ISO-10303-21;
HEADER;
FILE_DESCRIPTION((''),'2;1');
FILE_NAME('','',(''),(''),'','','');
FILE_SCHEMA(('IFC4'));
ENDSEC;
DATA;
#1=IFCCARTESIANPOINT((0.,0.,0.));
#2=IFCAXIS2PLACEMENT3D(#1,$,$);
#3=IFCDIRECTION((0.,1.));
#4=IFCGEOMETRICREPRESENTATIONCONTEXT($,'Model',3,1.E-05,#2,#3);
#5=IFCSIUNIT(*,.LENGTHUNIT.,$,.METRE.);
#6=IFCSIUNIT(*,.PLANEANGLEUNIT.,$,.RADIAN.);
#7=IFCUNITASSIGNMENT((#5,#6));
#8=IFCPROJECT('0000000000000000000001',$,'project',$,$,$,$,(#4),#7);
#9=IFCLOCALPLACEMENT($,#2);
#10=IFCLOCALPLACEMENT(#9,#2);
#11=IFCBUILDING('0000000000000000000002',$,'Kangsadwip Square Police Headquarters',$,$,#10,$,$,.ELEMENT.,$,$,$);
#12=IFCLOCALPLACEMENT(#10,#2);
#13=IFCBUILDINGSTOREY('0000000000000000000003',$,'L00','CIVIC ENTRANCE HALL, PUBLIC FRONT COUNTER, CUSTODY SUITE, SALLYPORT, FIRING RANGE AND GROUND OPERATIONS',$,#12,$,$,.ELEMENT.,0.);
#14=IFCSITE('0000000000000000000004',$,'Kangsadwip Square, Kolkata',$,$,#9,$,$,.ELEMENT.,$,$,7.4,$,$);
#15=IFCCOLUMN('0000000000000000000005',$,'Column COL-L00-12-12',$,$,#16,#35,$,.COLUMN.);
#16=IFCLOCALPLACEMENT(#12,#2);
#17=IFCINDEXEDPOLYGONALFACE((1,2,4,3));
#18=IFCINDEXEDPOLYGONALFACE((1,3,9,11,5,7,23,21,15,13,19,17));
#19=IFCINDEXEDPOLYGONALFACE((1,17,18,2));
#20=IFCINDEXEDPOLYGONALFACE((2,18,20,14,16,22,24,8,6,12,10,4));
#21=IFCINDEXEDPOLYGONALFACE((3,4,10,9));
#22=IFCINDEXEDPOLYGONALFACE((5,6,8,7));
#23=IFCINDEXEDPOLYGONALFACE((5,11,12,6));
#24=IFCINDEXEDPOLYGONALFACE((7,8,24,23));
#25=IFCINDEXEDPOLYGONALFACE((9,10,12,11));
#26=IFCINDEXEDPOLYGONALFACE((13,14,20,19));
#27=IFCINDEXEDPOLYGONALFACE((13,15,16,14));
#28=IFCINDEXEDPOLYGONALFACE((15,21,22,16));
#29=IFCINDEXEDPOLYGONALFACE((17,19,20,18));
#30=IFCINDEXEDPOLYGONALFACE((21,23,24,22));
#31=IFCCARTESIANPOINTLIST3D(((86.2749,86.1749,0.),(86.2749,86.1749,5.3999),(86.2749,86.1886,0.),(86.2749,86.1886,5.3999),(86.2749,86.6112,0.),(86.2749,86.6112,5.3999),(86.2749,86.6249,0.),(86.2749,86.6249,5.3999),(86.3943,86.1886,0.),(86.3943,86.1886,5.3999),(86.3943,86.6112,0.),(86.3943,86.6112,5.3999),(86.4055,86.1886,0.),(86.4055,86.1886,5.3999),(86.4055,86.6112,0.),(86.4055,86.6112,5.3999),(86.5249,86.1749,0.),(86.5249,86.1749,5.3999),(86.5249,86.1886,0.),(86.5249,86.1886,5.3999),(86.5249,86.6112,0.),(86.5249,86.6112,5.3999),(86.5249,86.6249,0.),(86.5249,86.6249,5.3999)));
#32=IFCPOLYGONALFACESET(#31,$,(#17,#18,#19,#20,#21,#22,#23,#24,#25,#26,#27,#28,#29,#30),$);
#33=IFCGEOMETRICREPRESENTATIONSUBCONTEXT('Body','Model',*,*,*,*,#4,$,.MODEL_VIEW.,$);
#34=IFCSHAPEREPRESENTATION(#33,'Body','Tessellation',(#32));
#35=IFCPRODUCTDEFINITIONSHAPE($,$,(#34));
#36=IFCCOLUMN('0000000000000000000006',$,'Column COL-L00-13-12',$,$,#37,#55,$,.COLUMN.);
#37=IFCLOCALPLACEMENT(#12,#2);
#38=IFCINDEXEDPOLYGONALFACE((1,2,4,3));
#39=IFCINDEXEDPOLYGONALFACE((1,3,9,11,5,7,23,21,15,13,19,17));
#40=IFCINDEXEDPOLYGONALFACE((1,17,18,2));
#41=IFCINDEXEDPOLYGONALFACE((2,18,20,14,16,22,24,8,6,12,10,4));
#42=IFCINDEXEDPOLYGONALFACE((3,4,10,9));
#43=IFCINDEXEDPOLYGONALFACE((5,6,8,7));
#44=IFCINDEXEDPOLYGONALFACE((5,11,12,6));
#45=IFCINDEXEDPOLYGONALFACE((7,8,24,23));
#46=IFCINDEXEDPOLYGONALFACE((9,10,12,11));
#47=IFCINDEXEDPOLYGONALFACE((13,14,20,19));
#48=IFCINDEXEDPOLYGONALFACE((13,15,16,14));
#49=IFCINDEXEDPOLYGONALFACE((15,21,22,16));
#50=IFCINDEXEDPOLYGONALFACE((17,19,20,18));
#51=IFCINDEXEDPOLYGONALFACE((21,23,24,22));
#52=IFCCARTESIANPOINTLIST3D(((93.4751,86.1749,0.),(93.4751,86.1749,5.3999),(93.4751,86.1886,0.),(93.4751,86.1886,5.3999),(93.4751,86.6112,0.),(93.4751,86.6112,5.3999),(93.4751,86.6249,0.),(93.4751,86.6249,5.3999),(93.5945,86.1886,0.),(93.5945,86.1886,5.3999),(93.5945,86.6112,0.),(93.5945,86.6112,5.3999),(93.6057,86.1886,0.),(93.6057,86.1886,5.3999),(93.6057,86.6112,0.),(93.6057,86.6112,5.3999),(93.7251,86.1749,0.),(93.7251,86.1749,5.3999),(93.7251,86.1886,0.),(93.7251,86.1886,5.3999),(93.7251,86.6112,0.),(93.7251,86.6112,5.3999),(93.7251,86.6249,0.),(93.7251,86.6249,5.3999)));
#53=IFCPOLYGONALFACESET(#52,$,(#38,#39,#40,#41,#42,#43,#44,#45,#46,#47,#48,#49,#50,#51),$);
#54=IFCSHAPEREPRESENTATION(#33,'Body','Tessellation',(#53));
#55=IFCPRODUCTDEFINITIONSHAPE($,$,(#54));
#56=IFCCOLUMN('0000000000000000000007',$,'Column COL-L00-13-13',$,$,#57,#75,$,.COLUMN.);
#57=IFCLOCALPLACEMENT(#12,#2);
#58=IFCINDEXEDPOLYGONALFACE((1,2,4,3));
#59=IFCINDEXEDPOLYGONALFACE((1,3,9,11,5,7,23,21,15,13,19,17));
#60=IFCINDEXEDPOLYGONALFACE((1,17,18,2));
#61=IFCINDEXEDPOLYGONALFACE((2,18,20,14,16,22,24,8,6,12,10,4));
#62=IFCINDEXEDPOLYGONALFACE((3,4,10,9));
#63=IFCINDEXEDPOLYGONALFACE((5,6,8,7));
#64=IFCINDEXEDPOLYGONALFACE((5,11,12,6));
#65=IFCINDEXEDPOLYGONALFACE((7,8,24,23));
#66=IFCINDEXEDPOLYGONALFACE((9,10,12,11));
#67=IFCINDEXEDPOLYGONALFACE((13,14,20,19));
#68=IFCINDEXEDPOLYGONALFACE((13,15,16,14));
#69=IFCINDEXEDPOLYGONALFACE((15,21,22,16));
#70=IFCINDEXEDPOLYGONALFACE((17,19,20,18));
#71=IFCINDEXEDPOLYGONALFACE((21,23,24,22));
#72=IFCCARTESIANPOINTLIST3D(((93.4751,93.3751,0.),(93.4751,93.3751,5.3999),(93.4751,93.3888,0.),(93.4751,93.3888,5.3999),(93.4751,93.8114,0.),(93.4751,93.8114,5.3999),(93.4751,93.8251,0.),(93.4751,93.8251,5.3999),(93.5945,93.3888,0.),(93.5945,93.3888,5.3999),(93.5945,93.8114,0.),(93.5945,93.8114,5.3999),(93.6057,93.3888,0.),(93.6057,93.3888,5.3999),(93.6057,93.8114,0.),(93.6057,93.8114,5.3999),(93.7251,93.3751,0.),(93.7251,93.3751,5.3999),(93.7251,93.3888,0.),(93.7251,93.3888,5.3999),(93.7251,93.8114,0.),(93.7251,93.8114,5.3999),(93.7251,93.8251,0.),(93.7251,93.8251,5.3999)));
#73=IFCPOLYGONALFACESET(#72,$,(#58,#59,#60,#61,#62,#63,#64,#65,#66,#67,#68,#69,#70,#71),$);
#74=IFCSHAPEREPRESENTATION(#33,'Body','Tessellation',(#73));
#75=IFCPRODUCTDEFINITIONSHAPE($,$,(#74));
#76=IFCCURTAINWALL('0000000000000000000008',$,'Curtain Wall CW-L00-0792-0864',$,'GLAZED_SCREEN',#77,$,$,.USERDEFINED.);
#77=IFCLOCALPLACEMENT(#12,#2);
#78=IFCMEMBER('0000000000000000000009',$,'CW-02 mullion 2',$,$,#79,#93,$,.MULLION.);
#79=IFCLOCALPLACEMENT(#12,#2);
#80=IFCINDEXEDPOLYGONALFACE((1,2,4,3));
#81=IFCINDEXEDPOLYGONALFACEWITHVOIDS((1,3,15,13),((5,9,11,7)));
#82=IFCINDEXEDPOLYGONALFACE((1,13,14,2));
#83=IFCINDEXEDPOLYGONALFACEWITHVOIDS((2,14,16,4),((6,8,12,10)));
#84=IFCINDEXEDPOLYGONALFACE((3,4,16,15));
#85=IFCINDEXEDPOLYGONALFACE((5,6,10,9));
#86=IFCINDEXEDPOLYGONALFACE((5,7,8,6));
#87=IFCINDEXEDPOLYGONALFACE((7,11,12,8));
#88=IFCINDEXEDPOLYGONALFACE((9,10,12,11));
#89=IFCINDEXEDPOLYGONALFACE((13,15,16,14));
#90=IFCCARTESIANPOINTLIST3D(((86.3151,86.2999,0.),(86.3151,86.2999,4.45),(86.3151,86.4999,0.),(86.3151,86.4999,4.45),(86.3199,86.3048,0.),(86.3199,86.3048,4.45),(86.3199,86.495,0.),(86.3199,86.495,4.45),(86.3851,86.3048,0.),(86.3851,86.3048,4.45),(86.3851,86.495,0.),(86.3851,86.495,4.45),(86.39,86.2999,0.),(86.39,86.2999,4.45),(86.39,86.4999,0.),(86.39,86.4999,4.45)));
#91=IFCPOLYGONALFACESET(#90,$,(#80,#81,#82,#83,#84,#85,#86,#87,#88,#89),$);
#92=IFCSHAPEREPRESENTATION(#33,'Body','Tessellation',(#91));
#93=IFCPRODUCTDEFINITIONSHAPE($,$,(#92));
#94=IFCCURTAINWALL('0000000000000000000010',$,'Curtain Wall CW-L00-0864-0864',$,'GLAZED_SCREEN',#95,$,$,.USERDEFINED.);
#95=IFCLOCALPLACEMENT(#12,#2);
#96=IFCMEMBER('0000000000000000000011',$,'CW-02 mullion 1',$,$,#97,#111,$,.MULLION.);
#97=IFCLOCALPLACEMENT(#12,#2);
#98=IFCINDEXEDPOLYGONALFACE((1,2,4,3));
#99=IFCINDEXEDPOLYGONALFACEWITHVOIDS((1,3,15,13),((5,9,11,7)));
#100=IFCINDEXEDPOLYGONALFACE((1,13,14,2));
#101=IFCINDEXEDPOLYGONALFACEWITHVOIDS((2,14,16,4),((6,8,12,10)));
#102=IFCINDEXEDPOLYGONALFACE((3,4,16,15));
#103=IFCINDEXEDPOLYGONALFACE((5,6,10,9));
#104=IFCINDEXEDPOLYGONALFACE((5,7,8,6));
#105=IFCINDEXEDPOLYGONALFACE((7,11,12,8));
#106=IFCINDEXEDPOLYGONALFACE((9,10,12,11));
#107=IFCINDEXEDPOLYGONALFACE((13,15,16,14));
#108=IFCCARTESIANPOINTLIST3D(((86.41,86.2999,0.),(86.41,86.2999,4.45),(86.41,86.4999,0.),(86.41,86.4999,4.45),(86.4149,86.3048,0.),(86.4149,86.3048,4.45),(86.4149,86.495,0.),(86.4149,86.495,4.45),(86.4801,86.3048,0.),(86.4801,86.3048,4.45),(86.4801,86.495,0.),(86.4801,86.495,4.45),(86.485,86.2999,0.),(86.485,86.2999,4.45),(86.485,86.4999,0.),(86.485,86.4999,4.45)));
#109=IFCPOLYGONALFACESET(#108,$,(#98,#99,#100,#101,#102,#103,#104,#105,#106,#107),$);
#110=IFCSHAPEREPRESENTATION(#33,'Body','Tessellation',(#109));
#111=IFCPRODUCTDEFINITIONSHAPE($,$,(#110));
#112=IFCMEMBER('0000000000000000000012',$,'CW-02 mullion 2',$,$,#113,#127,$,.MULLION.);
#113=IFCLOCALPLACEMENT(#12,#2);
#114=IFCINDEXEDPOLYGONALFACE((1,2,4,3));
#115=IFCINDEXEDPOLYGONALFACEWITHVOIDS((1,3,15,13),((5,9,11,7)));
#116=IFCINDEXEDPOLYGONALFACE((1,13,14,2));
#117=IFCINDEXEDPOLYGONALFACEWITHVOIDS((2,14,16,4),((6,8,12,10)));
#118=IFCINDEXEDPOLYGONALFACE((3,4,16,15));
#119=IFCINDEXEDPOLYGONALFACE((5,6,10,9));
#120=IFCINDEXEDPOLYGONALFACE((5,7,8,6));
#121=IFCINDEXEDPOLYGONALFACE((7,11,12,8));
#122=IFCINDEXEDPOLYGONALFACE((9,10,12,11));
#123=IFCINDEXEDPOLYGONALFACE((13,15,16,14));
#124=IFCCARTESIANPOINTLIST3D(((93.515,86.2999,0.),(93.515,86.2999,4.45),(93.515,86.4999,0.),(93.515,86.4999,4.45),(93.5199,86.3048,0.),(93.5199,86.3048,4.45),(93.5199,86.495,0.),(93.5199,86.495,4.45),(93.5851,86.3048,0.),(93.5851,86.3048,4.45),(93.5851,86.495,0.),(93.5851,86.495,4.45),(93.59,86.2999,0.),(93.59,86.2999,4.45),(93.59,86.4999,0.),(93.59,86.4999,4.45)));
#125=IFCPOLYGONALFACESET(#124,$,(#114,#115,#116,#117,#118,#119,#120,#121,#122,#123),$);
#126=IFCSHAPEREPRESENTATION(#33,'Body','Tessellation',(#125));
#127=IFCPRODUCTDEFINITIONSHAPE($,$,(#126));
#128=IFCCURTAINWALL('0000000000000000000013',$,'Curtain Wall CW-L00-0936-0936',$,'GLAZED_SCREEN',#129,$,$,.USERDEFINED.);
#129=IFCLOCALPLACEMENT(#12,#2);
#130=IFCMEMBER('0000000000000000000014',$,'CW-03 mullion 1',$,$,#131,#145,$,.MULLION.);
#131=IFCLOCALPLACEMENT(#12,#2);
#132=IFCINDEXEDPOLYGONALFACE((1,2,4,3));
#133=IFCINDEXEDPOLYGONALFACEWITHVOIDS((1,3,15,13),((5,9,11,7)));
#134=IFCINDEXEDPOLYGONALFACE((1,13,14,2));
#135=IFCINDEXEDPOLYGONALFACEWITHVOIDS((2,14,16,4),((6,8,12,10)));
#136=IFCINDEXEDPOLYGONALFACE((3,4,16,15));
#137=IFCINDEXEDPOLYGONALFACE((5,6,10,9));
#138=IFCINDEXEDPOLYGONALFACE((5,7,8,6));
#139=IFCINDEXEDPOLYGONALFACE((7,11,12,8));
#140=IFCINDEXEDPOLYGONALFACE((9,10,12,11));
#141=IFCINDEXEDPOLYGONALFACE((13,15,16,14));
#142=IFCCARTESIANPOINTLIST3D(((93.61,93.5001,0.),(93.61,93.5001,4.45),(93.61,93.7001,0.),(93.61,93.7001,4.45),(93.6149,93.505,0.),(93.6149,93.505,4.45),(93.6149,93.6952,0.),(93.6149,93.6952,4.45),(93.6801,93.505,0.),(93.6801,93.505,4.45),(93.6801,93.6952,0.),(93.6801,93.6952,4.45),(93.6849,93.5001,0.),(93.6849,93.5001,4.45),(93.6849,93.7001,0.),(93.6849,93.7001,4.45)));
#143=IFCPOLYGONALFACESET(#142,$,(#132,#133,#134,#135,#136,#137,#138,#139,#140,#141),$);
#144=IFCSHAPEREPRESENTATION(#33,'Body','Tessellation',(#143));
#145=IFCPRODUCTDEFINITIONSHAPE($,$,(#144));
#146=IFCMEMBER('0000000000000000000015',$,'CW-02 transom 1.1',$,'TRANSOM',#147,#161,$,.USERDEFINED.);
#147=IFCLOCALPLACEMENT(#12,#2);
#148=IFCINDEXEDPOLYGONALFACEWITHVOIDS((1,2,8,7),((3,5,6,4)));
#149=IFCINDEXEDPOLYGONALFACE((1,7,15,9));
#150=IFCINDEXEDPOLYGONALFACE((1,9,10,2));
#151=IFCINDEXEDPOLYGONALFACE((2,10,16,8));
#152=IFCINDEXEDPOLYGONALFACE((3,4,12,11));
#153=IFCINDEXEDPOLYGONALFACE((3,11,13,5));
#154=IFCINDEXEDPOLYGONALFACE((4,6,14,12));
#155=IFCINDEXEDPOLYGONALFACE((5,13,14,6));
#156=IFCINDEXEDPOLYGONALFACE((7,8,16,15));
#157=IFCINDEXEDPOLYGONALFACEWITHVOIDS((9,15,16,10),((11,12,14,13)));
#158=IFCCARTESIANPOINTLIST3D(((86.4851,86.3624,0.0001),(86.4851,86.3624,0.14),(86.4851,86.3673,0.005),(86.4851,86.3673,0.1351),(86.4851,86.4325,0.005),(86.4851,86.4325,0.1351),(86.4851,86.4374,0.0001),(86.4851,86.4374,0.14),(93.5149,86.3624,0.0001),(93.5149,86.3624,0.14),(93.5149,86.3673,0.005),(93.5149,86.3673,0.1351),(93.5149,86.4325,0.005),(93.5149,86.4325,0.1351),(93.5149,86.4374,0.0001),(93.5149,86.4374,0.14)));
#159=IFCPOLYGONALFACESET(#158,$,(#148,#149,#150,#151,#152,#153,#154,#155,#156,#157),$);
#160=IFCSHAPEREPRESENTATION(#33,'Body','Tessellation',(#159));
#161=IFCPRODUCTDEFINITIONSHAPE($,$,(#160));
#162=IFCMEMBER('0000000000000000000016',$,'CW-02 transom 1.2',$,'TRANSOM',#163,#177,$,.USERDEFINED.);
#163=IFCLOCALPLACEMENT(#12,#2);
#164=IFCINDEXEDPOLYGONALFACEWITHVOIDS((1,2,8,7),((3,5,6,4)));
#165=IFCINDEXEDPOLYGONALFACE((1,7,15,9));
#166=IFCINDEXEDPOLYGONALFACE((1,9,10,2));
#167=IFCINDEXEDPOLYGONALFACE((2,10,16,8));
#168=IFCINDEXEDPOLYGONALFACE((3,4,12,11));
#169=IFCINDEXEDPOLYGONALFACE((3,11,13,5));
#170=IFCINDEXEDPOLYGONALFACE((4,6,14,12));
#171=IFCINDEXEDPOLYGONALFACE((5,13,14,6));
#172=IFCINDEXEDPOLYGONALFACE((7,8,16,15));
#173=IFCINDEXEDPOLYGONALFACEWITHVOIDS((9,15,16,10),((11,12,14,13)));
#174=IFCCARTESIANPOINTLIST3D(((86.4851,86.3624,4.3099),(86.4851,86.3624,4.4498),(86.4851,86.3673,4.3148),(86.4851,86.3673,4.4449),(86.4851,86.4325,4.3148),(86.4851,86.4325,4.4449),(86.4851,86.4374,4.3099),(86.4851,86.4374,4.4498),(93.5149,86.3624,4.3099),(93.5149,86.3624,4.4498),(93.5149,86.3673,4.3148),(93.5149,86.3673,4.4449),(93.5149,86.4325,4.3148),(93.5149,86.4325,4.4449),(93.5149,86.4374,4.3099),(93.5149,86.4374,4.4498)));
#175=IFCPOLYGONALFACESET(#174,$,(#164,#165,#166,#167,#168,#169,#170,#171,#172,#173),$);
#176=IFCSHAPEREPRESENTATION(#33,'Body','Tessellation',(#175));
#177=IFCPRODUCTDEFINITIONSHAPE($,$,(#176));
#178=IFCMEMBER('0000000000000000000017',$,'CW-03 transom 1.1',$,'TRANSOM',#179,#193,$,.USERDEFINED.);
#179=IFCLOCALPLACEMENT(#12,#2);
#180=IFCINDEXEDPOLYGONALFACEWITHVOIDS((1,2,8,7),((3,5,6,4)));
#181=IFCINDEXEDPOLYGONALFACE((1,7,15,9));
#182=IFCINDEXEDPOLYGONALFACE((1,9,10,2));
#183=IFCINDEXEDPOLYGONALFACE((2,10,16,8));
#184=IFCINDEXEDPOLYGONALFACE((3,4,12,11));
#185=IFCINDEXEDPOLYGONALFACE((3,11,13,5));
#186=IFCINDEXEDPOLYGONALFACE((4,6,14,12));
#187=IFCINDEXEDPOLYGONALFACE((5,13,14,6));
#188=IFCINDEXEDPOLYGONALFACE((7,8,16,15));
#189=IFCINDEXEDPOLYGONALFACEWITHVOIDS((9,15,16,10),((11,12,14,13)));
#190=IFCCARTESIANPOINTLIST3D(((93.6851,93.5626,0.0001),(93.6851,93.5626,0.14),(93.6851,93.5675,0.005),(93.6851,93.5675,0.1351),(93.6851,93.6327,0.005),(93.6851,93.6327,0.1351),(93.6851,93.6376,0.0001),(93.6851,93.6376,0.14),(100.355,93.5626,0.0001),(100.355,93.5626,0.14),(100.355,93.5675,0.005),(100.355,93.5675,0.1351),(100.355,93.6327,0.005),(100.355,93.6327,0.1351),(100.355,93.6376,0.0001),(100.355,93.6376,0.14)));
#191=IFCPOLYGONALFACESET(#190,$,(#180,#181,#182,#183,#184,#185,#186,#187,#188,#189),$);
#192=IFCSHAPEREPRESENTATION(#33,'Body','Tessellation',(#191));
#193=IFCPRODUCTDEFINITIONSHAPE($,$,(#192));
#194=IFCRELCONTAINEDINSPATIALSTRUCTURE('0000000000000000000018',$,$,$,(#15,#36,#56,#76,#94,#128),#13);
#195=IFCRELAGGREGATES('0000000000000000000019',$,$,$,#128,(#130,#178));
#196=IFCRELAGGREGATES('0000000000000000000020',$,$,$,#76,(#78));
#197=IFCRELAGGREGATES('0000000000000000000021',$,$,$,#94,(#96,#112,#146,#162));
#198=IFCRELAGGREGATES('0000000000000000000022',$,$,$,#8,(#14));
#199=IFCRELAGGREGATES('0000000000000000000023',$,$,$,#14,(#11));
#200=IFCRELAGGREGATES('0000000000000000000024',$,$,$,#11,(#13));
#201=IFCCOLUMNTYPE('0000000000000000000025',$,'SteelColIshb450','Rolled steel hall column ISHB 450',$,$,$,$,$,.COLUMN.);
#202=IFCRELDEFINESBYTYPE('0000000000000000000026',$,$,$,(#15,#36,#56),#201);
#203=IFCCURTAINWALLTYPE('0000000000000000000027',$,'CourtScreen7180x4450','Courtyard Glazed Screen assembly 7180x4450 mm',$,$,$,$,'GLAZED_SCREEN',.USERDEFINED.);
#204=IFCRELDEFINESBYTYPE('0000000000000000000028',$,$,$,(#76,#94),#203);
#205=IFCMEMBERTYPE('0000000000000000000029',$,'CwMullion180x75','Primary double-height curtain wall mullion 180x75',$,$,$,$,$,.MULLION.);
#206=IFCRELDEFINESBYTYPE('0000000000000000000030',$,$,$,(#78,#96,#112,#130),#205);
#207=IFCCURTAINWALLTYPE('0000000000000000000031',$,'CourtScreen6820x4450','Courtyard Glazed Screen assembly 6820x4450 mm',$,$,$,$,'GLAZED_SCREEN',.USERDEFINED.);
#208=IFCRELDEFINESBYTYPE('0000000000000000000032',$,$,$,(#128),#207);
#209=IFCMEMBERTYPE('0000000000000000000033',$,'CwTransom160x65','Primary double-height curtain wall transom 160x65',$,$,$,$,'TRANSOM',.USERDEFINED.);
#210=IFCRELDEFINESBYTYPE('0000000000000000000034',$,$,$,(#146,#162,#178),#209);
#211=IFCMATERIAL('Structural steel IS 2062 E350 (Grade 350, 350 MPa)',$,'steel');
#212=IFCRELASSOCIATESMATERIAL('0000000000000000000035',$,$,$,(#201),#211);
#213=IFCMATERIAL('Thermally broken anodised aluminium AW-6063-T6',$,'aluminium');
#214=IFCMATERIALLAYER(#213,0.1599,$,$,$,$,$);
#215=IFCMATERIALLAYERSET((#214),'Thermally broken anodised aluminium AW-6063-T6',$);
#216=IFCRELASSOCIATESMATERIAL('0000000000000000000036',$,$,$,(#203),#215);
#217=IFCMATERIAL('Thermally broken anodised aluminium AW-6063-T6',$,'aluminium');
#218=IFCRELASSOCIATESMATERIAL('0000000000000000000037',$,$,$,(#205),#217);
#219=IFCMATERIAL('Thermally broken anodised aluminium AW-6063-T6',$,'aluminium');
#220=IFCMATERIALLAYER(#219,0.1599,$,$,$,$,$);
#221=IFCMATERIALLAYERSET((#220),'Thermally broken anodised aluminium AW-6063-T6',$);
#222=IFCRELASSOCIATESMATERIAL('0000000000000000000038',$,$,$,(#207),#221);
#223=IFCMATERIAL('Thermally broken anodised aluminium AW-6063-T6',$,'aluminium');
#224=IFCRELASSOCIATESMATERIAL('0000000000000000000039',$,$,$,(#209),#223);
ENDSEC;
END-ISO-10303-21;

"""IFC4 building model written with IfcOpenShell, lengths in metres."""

from ifc_helpers import new_model, si_unit, direction, frame, origin, origin_2d, place, context, subcontext, project, spatial, hollow_rectangle, i_section, extrude, material, layer, layer_set, material_profile, profile_set, type_object, element, aggregate, save


model = new_model("IFC4")

# Units and contexts
model_context = context("Model", 3, precision=1e-05, world=origin(), true_north=direction((0.0, 1.0)))
body_context = subcontext(model_context, "Body", "Model", "MODEL_VIEW")
ifc_project = project(units=[si_unit("LENGTHUNIT", "METRE"), si_unit("PLANEANGLEUNIT", "RADIAN")], contexts=[model_context])

# Site, building, storey
site_placement = place(None, origin())
site = spatial("IfcSite", under=ifc_project, at=site_placement, Name="Kangsadwip Square, Kolkata", CompositionType="ELEMENT", RefElevation=7.4)
building_placement = place(site_placement, origin())
building = spatial("IfcBuilding", under=site, at=building_placement, Name="Kangsadwip Square Police Headquarters", CompositionType="ELEMENT")
storey_placement = place(building_placement, origin())
storey = spatial("IfcBuildingStorey", under=building, at=storey_placement, Name="L00", Description="CIVIC ENTRANCE HALL, PUBLIC FRONT COUNTER, CUSTODY SUITE, SALLYPORT, FIRING RANGE AND GROUND OPERATIONS", CompositionType="ELEMENT", Elevation=0.0)

# Columns
ifc_material_1 = material(Name="Structural steel IS 2062 E350 (Grade 350, 350 MPa)", Category="steel")
ifc_material_profile_1 = material_profile(ifc_material_1, i_section(OverallWidth=0.25, OverallDepth=0.45, WebThickness=0.0112, FlangeThickness=0.0137, at=origin_2d()), Name="ISHB 450")
ifc_profile_set_1 = profile_set([ifc_material_profile_1], Name="Structural steel IS 2062 E350 (Grade 350, 350 MPa)")
column_type = type_object("IfcColumnType", Name="SteelColIshb450", Description="Rolled steel hall column ISHB 450", PredefinedType="COLUMN", material=ifc_profile_set_1)
for number, where, z_axis, x_axis, name in (
    (1, (86.3999, 86.3999, 0.0), (0.0, 0.0, 1.0), (1.0, 0.0, 0.0), "Column COL-L00-12-12"),
    (2, (93.6001, 86.3999, 0.0), (0.0, 0.0, 1.0), (1.0, 0.0, 0.0), "Column COL-L00-13-12"),
    (3, (93.6001, 93.6001, 0.0), (0.0, 0.0, 1.0), (1.0, 0.0, 0.0), "Column COL-L00-13-13"),
):
    element("IfcColumn", number, at=place(storey_placement, frame(where, z_axis=z_axis, x_axis=x_axis)), inside=storey, type_object=column_type, Name=name, PredefinedType="COLUMN", context=body_context, shape_type="SweptSolid", body=[
        extrude(i_section(OverallWidth=0.25, OverallDepth=0.45, WebThickness=0.0112, FlangeThickness=0.0137, at=origin_2d()), origin(), (0.0, 0.0, 1.0), 5.3999),
    ])

# Curtain wall, member
ifc_material_2 = material(Name="Thermally broken anodised aluminium AW-6063-T6", Category="aluminium")
ifc_layer_1 = layer(ifc_material_2, 0.1599)
ifc_layer_set_1 = layer_set([ifc_layer_1], Name="Thermally broken anodised aluminium AW-6063-T6")
curtain_wall_type_1 = type_object("IfcCurtainWallType", Name="CourtScreen7180x4450", Description="Courtyard Glazed Screen assembly 7180x4450 mm", ElementType="GLAZED_SCREEN", PredefinedType="USERDEFINED", material=ifc_layer_set_1)
curtain_wall_1_placement = place(storey_placement, origin())
curtain_wall_1 = element("IfcCurtainWall", 4, at=curtain_wall_1_placement, inside=storey, type_object=curtain_wall_type_1, Name="Curtain Wall CW-L00-0792-0864", ObjectType="GLAZED_SCREEN", PredefinedType="USERDEFINED")
ifc_material_3 = material(Name="Thermally broken anodised aluminium AW-6063-T6", Category="aluminium")
ifc_material_profile_2 = material_profile(ifc_material_3, hollow_rectangle(XDim=0.075, YDim=0.2, WallThickness=0.0049, at=origin_2d()), Name="CWM 200X75X5")
ifc_profile_set_2 = profile_set([ifc_material_profile_2], Name="Thermally broken anodised aluminium AW-6063-T6")
member_type_1 = type_object("IfcMemberType", Name="CwMullion180x75", Description="Primary double-height curtain wall mullion 180x75", PredefinedType="MULLION", material=ifc_profile_set_2)
member_1_placement = place(storey_placement, frame((86.3525, 86.3999, 0.0), z_axis=(0.0, 0.0, 1.0), x_axis=(1.0, 0.0, 0.0)))
member_1 = element("IfcMember", 5, at=member_1_placement, type_object=member_type_1, Name="CW-02 mullion 2", PredefinedType="MULLION", context=body_context, shape_type="SweptSolid", body=[
    extrude(hollow_rectangle(XDim=0.075, YDim=0.2, WallThickness=0.0049, at=origin_2d()), origin(), (0.0, 0.0, 1.0), 4.45),
])

# Curtain wall, members
curtain_wall_2_placement = place(storey_placement, origin())
curtain_wall_2 = element("IfcCurtainWall", 6, at=curtain_wall_2_placement, inside=storey, type_object=curtain_wall_type_1, Name="Curtain Wall CW-L00-0864-0864", ObjectType="GLAZED_SCREEN", PredefinedType="USERDEFINED")
member_2_placement = place(storey_placement, frame((86.4475, 86.3999, 0.0), z_axis=(0.0, 0.0, 1.0), x_axis=(1.0, 0.0, 0.0)))
member_2 = element("IfcMember", 7, at=member_2_placement, type_object=member_type_1, Name="CW-02 mullion 1", PredefinedType="MULLION", context=body_context, shape_type="SweptSolid", body=[
    extrude(hollow_rectangle(XDim=0.075, YDim=0.2, WallThickness=0.0049, at=origin_2d()), origin(), (0.0, 0.0, 1.0), 4.45),
])
member_3_placement = place(storey_placement, frame((93.5525, 86.3999, 0.0), z_axis=(0.0, 0.0, 1.0), x_axis=(1.0, 0.0, 0.0)))
member_3 = element("IfcMember", 8, at=member_3_placement, type_object=member_type_1, Name="CW-02 mullion 2", PredefinedType="MULLION", context=body_context, shape_type="SweptSolid", body=[
    extrude(hollow_rectangle(XDim=0.075, YDim=0.2, WallThickness=0.0049, at=origin_2d()), origin(), (0.0, 0.0, 1.0), 4.45),
])

# Curtain wall, member
ifc_material_4 = material(Name="Thermally broken anodised aluminium AW-6063-T6", Category="aluminium")
ifc_layer_2 = layer(ifc_material_4, 0.1599)
ifc_layer_set_2 = layer_set([ifc_layer_2], Name="Thermally broken anodised aluminium AW-6063-T6")
curtain_wall_type_2 = type_object("IfcCurtainWallType", Name="CourtScreen6820x4450", Description="Courtyard Glazed Screen assembly 6820x4450 mm", ElementType="GLAZED_SCREEN", PredefinedType="USERDEFINED", material=ifc_layer_set_2)
curtain_wall_3_placement = place(storey_placement, origin())
curtain_wall_3 = element("IfcCurtainWall", 9, at=curtain_wall_3_placement, inside=storey, type_object=curtain_wall_type_2, Name="Curtain Wall CW-L00-0936-0936", ObjectType="GLAZED_SCREEN", PredefinedType="USERDEFINED")
member_4_placement = place(storey_placement, frame((93.6475, 93.6001, 0.0), z_axis=(0.0, 0.0, 1.0), x_axis=(1.0, 0.0, 0.0)))
member_4 = element("IfcMember", 10, at=member_4_placement, type_object=member_type_1, Name="CW-03 mullion 1", PredefinedType="MULLION", context=body_context, shape_type="SweptSolid", body=[
    extrude(hollow_rectangle(XDim=0.075, YDim=0.2, WallThickness=0.0049, at=origin_2d()), origin(), (0.0, 0.0, 1.0), 4.45),
])

# Members
ifc_material_5 = material(Name="Thermally broken anodised aluminium AW-6063-T6", Category="aluminium")
ifc_material_profile_3 = material_profile(ifc_material_5, hollow_rectangle(XDim=0.075, YDim=0.1399, WallThickness=0.0049, at=origin_2d()), Name="CWT 140X75X5")
ifc_profile_set_3 = profile_set([ifc_material_profile_3], Name="Thermally broken anodised aluminium AW-6063-T6")
member_type_2 = type_object("IfcMemberType", Name="CwTransom160x65", Description="Primary double-height curtain wall transom 160x65", ElementType="TRANSOM", PredefinedType="USERDEFINED", material=ifc_profile_set_3)
member_5_placement = place(storey_placement, frame((86.4851, 86.3999, 0.0701), z_axis=(1.0, 0.0, 0.0), x_axis=(0.0, 1.0, 0.0)))
member_5 = element("IfcMember", 11, at=member_5_placement, type_object=member_type_2, Name="CW-02 transom 1.1", ObjectType="TRANSOM", PredefinedType="USERDEFINED", context=body_context, shape_type="SweptSolid", body=[
    extrude(hollow_rectangle(XDim=0.075, YDim=0.1399, WallThickness=0.0049, at=origin_2d()), origin(), (0.0, 0.0, 1.0), 7.0298),
])
member_6_placement = place(storey_placement, frame((86.4851, 86.3999, 4.3799), z_axis=(1.0, 0.0, 0.0), x_axis=(0.0, 1.0, 0.0)))
member_6 = element("IfcMember", 12, at=member_6_placement, type_object=member_type_2, Name="CW-02 transom 1.2", ObjectType="TRANSOM", PredefinedType="USERDEFINED", context=body_context, shape_type="SweptSolid", body=[
    extrude(hollow_rectangle(XDim=0.075, YDim=0.1399, WallThickness=0.0049, at=origin_2d()), origin(), (0.0, 0.0, 1.0), 7.0298),
])
member_7_placement = place(storey_placement, frame((93.6851, 93.6001, 0.0701), z_axis=(1.0, 0.0, 0.0), x_axis=(0.0, 1.0, 0.0)))
member_7 = element("IfcMember", 13, at=member_7_placement, type_object=member_type_2, Name="CW-03 transom 1.1", ObjectType="TRANSOM", PredefinedType="USERDEFINED", context=body_context, shape_type="SweptSolid", body=[
    extrude(hollow_rectangle(XDim=0.075, YDim=0.1399, WallThickness=0.0049, at=origin_2d()), origin(), (0.0, 0.0, 1.0), 6.6699),
])
aggregate(curtain_wall_3, [member_4, member_7])

aggregate(curtain_wall_1, [member_1])
aggregate(curtain_wall_2, [member_2, member_3, member_5, member_6])

save(model, "model.ifc")
